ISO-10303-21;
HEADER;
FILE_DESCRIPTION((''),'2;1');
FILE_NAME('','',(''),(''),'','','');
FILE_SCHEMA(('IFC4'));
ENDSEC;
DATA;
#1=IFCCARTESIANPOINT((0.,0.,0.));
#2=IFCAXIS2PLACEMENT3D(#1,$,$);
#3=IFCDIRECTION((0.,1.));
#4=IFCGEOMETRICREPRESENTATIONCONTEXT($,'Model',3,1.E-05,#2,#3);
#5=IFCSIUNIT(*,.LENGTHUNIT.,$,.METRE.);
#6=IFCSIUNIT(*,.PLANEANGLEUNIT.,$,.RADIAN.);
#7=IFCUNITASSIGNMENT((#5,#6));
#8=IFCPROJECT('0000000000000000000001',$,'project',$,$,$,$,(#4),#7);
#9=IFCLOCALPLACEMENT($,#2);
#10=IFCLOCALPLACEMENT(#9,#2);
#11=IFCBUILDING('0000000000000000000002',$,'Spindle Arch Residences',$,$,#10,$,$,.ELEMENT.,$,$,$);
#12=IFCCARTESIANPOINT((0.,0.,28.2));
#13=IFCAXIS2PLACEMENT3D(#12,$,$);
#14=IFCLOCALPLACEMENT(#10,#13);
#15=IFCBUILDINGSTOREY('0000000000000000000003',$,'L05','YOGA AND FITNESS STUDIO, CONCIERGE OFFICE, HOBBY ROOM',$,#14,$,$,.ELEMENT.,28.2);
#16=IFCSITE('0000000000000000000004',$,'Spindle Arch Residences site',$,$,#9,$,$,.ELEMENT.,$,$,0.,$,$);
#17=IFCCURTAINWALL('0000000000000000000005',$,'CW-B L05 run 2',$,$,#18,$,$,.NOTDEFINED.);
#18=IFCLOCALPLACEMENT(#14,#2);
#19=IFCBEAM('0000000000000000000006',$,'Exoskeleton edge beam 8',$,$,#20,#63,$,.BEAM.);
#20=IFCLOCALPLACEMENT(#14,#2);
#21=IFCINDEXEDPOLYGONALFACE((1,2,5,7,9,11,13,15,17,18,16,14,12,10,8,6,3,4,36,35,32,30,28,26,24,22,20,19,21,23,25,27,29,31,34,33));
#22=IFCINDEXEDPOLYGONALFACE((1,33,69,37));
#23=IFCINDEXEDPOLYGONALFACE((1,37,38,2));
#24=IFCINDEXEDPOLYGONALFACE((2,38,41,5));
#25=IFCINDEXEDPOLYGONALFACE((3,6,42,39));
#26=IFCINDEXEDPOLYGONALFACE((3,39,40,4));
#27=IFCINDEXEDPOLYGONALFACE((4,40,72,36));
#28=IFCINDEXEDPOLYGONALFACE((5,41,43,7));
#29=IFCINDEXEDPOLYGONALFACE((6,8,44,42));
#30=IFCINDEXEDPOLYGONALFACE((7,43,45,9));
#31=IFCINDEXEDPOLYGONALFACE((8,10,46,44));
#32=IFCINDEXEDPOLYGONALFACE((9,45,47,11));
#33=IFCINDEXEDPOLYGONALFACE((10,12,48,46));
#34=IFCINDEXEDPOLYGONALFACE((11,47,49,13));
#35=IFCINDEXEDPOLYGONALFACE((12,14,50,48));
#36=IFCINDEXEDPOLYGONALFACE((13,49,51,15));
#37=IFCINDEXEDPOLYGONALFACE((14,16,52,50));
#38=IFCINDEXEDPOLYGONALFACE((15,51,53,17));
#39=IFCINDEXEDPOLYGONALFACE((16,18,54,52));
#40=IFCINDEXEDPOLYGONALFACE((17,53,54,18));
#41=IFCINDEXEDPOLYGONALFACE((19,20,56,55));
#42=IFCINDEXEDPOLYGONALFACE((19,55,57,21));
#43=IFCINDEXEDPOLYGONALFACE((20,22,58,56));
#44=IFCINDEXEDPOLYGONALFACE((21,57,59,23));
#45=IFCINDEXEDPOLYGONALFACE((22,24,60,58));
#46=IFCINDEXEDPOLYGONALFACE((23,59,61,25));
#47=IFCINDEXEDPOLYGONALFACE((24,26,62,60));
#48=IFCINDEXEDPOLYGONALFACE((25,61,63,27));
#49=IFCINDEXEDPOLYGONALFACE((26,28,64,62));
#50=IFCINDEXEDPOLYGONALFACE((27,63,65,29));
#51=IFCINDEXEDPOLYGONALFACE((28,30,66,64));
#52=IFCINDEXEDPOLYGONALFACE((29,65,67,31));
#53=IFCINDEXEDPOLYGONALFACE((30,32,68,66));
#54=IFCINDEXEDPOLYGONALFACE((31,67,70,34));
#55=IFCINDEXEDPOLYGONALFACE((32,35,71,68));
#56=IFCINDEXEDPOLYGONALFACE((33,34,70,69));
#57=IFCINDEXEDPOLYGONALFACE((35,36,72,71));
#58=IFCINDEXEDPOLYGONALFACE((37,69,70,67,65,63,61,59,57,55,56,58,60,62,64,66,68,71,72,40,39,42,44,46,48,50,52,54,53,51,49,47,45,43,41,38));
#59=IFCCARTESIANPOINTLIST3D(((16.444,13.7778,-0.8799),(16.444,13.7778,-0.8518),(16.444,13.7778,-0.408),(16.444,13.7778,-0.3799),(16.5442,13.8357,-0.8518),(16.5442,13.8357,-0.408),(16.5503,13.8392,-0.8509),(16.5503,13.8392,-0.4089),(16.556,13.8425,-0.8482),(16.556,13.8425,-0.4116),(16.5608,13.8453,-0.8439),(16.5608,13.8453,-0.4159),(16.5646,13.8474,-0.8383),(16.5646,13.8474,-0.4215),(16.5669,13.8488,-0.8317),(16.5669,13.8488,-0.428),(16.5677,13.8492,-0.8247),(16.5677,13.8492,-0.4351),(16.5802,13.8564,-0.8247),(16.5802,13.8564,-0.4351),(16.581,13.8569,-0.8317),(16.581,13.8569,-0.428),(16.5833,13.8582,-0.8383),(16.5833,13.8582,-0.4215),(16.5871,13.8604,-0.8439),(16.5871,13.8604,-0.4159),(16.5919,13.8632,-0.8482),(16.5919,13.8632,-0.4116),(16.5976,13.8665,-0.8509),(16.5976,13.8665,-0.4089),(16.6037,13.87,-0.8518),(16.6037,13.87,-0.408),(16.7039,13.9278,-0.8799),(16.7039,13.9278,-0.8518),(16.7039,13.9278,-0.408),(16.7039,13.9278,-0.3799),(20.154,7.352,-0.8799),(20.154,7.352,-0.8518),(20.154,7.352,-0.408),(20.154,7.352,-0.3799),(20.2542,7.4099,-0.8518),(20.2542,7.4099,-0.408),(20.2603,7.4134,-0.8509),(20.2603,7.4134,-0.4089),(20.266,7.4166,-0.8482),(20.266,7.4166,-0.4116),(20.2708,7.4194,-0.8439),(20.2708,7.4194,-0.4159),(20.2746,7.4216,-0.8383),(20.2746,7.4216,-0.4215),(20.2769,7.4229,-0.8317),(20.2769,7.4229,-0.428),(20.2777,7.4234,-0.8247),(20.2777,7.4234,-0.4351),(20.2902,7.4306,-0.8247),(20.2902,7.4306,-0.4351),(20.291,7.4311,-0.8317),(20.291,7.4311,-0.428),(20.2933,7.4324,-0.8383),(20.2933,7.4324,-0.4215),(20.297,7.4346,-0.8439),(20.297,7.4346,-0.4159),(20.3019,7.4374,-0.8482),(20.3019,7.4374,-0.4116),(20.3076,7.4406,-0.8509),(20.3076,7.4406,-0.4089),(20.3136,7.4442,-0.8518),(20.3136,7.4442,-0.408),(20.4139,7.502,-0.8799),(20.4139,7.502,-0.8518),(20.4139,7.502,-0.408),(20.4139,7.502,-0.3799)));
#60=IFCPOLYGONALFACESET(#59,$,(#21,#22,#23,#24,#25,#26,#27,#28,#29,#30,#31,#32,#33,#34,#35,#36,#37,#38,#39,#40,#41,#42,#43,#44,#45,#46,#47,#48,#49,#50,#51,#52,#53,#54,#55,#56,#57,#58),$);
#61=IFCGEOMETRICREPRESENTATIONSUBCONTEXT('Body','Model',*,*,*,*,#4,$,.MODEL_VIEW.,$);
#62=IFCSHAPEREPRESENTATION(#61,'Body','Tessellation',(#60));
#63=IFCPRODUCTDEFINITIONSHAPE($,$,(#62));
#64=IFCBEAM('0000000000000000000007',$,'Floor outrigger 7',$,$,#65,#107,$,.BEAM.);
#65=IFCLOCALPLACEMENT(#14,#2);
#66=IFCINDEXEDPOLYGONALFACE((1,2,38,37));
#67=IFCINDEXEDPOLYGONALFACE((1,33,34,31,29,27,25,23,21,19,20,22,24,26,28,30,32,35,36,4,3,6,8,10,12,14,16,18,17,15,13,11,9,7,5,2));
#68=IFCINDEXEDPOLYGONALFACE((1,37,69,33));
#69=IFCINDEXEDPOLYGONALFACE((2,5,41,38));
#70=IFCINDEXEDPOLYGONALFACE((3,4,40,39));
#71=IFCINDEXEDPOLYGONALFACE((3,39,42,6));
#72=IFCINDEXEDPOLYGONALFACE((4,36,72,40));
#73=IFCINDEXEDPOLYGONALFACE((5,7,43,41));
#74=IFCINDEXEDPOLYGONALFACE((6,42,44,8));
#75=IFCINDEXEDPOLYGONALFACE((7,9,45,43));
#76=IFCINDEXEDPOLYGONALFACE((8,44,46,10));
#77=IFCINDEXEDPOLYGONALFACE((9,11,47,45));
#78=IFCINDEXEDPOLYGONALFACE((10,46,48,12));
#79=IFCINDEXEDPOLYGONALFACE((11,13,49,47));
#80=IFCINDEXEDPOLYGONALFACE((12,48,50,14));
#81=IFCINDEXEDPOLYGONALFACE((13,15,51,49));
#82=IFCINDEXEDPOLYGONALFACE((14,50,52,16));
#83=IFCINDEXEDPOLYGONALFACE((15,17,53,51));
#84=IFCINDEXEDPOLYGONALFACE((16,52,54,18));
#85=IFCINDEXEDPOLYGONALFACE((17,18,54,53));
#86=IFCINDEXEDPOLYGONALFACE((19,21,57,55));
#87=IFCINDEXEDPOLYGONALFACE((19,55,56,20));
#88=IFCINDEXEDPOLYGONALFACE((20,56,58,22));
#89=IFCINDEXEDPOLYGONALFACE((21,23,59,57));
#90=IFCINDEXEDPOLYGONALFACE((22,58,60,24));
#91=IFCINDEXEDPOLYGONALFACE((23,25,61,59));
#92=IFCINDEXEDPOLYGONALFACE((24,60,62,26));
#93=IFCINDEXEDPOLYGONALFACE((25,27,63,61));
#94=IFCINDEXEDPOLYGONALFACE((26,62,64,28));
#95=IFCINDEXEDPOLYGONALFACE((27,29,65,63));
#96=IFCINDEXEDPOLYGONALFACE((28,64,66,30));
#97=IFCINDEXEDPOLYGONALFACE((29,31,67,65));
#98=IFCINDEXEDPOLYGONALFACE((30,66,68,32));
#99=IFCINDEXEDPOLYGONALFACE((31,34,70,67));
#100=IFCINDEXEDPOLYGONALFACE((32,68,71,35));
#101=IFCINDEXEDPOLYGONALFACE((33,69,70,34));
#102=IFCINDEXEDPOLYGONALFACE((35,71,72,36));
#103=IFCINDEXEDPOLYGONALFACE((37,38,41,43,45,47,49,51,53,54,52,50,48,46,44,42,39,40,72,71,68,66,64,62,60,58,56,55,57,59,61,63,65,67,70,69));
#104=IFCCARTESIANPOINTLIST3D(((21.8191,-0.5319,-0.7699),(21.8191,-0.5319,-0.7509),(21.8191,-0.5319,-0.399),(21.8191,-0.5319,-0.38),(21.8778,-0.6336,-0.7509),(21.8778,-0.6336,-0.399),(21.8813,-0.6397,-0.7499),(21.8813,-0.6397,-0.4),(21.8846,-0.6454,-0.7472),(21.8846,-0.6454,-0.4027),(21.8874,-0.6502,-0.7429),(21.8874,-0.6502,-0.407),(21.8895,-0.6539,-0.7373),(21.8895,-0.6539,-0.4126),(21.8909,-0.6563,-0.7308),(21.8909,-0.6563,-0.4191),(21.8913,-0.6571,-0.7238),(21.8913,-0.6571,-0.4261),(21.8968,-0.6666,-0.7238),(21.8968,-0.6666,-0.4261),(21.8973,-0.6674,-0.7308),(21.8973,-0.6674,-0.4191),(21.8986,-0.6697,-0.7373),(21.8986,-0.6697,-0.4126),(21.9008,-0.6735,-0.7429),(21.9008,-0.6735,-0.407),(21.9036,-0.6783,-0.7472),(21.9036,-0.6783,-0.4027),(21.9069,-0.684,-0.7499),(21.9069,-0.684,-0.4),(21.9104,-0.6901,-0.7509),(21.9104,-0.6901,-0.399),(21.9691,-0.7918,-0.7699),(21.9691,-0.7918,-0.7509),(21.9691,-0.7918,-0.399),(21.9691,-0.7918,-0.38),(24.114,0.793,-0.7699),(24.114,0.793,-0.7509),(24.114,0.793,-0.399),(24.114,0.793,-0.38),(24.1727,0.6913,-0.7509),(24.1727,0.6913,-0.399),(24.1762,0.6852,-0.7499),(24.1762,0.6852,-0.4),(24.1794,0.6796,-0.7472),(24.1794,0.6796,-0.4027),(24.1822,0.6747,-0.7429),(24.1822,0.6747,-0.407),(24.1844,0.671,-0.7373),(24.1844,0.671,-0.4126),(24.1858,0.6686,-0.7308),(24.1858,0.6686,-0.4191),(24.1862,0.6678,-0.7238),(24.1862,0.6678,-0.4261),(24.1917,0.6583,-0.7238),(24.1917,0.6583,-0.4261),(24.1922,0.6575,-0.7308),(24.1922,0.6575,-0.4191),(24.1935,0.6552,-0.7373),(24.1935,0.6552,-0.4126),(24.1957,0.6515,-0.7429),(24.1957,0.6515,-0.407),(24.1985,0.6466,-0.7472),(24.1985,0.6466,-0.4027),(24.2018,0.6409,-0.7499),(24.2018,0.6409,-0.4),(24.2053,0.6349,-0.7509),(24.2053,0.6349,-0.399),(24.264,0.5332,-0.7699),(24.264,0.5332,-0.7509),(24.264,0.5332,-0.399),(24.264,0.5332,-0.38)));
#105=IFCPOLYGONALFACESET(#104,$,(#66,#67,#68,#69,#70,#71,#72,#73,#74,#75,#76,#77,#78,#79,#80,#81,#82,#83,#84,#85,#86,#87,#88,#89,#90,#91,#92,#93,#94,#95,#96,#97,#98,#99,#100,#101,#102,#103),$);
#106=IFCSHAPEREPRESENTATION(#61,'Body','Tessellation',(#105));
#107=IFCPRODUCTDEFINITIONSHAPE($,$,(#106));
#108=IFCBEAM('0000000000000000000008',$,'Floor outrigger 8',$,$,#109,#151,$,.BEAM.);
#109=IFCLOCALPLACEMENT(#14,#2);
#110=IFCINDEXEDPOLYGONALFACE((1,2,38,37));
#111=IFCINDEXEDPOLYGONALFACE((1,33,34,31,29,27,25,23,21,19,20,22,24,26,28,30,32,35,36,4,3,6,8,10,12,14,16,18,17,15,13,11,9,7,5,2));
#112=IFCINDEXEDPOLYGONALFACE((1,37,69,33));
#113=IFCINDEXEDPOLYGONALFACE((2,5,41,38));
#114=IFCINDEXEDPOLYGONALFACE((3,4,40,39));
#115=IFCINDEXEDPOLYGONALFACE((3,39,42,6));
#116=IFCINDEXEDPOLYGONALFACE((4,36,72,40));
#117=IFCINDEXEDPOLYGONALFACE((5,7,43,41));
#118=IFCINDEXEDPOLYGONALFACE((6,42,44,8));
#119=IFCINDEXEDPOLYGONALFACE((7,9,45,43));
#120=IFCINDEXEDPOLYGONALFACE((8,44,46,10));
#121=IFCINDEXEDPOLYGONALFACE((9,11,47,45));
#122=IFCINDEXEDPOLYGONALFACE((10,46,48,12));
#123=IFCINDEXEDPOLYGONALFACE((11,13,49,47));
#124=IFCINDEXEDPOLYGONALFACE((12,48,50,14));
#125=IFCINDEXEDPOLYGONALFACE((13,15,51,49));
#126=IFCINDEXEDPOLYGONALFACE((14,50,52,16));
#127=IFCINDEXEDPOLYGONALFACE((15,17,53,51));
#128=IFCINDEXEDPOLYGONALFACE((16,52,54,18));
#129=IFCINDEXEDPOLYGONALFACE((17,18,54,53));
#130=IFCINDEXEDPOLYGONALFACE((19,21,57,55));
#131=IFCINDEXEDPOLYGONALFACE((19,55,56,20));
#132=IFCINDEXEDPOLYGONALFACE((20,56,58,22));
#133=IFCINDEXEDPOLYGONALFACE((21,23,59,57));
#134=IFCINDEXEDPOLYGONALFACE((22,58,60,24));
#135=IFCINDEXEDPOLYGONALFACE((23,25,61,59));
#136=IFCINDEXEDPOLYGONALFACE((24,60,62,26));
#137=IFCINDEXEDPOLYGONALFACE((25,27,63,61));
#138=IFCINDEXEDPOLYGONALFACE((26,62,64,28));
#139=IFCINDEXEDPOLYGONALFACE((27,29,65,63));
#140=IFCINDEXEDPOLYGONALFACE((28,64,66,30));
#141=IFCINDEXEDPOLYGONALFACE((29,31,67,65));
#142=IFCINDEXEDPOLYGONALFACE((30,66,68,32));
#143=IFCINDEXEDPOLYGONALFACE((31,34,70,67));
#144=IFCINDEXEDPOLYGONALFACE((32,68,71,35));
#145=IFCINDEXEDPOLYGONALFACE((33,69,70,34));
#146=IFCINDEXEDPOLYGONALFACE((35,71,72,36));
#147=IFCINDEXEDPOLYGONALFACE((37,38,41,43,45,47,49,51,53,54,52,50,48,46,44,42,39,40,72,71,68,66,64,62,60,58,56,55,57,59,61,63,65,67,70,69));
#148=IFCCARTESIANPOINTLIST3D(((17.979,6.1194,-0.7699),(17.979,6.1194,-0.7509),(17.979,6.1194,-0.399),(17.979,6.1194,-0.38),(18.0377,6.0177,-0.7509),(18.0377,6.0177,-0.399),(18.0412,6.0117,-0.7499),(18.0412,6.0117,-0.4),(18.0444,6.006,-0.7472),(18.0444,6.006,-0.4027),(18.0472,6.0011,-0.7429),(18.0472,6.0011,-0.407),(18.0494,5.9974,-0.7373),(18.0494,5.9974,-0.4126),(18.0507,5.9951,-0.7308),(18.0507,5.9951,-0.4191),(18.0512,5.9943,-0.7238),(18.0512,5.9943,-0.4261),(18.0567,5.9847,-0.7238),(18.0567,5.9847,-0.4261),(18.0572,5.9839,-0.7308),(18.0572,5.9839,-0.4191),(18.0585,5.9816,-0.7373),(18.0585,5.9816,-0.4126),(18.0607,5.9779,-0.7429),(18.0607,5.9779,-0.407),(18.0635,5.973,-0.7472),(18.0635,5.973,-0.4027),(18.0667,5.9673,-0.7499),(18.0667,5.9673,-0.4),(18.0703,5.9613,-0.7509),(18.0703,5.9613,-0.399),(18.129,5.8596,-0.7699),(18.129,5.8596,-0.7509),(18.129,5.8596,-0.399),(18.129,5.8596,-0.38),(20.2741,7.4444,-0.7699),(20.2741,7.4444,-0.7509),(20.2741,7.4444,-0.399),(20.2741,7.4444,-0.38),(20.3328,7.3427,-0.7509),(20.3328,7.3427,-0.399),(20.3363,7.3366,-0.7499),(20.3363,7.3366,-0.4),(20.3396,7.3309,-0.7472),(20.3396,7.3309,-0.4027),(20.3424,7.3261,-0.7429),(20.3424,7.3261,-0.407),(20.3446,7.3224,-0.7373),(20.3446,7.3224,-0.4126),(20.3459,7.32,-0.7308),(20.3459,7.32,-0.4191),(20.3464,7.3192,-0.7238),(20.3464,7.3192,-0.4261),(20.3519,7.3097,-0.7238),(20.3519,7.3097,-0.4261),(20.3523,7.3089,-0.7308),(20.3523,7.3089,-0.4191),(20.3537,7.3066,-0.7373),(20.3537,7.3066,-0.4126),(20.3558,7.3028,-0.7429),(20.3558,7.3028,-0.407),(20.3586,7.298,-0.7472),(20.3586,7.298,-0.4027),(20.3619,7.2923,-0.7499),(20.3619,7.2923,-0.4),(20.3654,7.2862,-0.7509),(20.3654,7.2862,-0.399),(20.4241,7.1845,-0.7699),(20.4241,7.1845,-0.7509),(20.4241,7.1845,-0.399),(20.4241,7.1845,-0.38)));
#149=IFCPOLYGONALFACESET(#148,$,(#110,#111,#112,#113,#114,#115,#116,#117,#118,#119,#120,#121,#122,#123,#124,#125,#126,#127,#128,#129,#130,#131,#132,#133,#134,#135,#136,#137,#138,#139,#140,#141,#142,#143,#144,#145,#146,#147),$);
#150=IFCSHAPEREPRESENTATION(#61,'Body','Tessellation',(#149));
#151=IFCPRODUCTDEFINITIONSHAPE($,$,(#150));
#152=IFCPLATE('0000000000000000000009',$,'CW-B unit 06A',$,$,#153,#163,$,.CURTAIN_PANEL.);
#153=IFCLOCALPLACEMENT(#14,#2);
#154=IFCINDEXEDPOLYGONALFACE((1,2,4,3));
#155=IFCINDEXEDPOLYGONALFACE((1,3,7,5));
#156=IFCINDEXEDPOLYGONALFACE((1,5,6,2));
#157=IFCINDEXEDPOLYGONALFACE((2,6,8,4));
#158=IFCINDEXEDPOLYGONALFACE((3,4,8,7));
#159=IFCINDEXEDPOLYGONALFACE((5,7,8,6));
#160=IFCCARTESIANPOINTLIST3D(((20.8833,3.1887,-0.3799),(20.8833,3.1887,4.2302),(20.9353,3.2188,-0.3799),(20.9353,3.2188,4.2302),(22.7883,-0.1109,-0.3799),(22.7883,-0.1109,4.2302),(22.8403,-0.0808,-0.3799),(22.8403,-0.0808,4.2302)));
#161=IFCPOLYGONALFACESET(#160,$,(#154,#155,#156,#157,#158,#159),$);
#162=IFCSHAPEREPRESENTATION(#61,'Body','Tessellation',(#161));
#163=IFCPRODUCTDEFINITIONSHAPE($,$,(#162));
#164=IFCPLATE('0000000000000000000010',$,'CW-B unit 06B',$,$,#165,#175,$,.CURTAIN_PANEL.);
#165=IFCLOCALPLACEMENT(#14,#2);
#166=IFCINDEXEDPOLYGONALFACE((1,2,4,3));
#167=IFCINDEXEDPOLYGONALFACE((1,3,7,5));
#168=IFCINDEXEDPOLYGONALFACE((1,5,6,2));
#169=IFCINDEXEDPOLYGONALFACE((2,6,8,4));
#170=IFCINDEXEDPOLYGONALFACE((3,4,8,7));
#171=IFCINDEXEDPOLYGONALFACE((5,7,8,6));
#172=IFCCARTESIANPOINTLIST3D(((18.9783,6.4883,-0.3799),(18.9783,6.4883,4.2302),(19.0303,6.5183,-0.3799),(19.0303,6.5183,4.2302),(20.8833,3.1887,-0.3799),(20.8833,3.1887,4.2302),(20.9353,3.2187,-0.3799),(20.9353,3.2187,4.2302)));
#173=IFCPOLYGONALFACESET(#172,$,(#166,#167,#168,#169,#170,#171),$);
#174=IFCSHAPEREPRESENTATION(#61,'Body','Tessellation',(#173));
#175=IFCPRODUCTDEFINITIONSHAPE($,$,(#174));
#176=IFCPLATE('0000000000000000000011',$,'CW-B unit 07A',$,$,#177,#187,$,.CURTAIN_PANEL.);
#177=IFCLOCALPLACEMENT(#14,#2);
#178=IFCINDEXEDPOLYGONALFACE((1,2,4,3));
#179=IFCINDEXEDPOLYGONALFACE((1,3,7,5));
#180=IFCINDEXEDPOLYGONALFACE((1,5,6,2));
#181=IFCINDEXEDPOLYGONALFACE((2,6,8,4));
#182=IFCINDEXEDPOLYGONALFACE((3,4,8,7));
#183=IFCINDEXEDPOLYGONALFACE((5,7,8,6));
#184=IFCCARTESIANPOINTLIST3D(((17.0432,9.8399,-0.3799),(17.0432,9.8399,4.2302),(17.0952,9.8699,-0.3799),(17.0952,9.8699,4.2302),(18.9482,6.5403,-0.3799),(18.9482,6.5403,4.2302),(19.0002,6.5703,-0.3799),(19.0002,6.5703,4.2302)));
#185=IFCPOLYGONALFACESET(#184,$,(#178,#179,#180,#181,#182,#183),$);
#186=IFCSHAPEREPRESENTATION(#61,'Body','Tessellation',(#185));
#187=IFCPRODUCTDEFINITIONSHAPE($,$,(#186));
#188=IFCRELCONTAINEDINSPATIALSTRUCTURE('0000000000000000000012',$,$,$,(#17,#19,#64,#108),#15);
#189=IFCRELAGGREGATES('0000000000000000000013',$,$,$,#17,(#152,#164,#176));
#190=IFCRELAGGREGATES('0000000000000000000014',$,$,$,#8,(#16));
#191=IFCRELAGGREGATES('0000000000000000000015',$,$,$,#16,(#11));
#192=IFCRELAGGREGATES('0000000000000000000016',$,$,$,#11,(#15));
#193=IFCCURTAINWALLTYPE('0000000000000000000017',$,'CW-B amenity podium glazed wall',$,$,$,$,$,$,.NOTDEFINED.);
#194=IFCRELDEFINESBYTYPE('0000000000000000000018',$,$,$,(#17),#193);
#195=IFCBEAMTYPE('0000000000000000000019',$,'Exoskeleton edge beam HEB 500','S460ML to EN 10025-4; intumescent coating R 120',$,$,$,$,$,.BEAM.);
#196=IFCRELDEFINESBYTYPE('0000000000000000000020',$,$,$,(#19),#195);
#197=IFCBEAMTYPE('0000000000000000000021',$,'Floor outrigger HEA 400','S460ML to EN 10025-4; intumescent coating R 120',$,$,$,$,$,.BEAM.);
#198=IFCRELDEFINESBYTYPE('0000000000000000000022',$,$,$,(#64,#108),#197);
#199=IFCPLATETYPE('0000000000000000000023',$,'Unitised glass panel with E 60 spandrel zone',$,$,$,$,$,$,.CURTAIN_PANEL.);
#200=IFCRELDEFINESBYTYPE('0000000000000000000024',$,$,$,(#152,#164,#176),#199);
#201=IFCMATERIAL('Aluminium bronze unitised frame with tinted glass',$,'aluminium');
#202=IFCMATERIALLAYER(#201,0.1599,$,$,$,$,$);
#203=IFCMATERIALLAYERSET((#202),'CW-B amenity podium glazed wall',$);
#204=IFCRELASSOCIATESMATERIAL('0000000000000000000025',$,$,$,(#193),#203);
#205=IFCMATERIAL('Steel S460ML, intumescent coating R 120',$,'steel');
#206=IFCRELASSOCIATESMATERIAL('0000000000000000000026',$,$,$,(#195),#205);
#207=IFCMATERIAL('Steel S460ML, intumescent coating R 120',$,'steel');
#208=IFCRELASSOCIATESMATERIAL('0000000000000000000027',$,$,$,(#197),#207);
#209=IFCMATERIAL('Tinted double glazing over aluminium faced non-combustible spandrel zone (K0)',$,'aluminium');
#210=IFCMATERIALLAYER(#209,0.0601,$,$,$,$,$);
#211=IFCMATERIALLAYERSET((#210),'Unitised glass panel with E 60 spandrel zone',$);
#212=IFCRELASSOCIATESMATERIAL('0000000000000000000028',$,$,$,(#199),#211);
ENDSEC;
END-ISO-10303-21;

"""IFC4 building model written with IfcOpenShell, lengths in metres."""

from ifc_helpers import new_model, si_unit, direction, frame, origin, origin_2d, place, context, subcontext, project, spatial, rectangle, i_section, extrude, material, layer, layer_set, material_profile, profile_set, type_object, element, aggregate, save


model = new_model("IFC4")

# Units and contexts
model_context = context("Model", 3, precision=1e-05, world=origin(), true_north=direction((0.0, 1.0)))
body_context = subcontext(model_context, "Body", "Model", "MODEL_VIEW")
ifc_project = project(units=[si_unit("LENGTHUNIT", "METRE"), si_unit("PLANEANGLEUNIT", "RADIAN")], contexts=[model_context])

# Site, building, storey
site_placement = place(None, origin())
site = spatial("IfcSite", under=ifc_project, at=site_placement, Name="Spindle Arch Residences site", CompositionType="ELEMENT", RefElevation=0.0)
building_placement = place(site_placement, origin())
building = spatial("IfcBuilding", under=site, at=building_placement, Name="Spindle Arch Residences", CompositionType="ELEMENT")
storey_placement = place(building_placement, frame((0.0, 0.0, 28.2)))
storey = spatial("IfcBuildingStorey", under=building, at=storey_placement, Name="L05", Description="YOGA AND FITNESS STUDIO, CONCIERGE OFFICE, HOBBY ROOM", CompositionType="ELEMENT", Elevation=28.2)

# Curtain wall
ifc_material_1 = material(Name="Aluminium bronze unitised frame with tinted glass", Category="aluminium")
ifc_layer_1 = layer(ifc_material_1, 0.1599)
ifc_layer_set_1 = layer_set([ifc_layer_1], Name="CW-B amenity podium glazed wall")
curtain_wall_type = type_object("IfcCurtainWallType", Name="CW-B amenity podium glazed wall", PredefinedType="NOTDEFINED", material=ifc_layer_set_1)
curtain_wall_placement = place(storey_placement, origin())
curtain_wall = element("IfcCurtainWall", 1, at=curtain_wall_placement, inside=storey, type_object=curtain_wall_type, Name="CW-B L05 run 2", PredefinedType="NOTDEFINED")

# Beams
ifc_material_2 = material(Name="Steel S460ML, intumescent coating R 120", Category="steel")
ifc_material_profile_1 = material_profile(ifc_material_2, i_section(OverallWidth=0.3, OverallDepth=0.5, WebThickness=0.0144, FlangeThickness=0.0281, FilletRadius=0.0271, at=origin_2d()), Name="HEB 500")
ifc_profile_set_1 = profile_set([ifc_material_profile_1], Name="Steel S460ML, intumescent coating R 120")
beam_type_1 = type_object("IfcBeamType", Name="Exoskeleton edge beam HEB 500", Description="S460ML to EN 10025-4; intumescent coating R 120", PredefinedType="BEAM", material=ifc_profile_set_1)
beam_1_placement = place(storey_placement, frame((20.2839, 7.427, -0.6299), z_axis=(-0.500003, 0.866023, 0.0), x_axis=(-0.866023, -0.500003, 0.0)))
element("IfcBeam", 2, at=beam_1_placement, inside=storey, type_object=beam_type_1, Name="Exoskeleton edge beam 8", PredefinedType="BEAM", context=body_context, shape_type="SweptSolid", body=[
    extrude(i_section(OverallWidth=0.3, OverallDepth=0.5, WebThickness=0.0144, FlangeThickness=0.0281, FilletRadius=0.0271, at=origin_2d()), origin(), (0.0, 0.0, 1.0), 7.4199),
])
ifc_material_3 = material(Name="Steel S460ML, intumescent coating R 120", Category="steel")
ifc_material_profile_2 = material_profile(ifc_material_3, i_section(OverallWidth=0.3, OverallDepth=0.3899, WebThickness=0.011, FlangeThickness=0.019, FilletRadius=0.0271, at=origin_2d()), Name="HEA 400")
ifc_profile_set_2 = profile_set([ifc_material_profile_2], Name="Steel S460ML, intumescent coating R 120")
beam_type_2 = type_object("IfcBeamType", Name="Floor outrigger HEA 400", Description="S460ML to EN 10025-4; intumescent coating R 120", PredefinedType="BEAM", material=ifc_profile_set_2)
beam_2_placement = place(storey_placement, frame((24.189, 0.6631, -0.575), z_axis=(-0.866029, -0.499994, 0.0), x_axis=(0.499994, -0.866029, 0.0)))
element("IfcBeam", 3, at=beam_2_placement, inside=storey, type_object=beam_type_2, Name="Floor outrigger 7", PredefinedType="BEAM", context=body_context, shape_type="SweptSolid", body=[
    extrude(i_section(OverallWidth=0.3, OverallDepth=0.3899, WebThickness=0.011, FlangeThickness=0.019, FilletRadius=0.0271, at=origin_2d()), origin(), (0.0, 0.0, 1.0), 2.6499),
])
beam_3_placement = place(storey_placement, frame((20.3491, 7.3145, -0.575), z_axis=(-0.866052, -0.499954, 0.0), x_axis=(0.499954, -0.866052, 0.0)))
element("IfcBeam", 4, at=beam_3_placement, inside=storey, type_object=beam_type_2, Name="Floor outrigger 8", PredefinedType="BEAM", context=body_context, shape_type="SweptSolid", body=[
    extrude(i_section(OverallWidth=0.3, OverallDepth=0.3899, WebThickness=0.011, FlangeThickness=0.019, FilletRadius=0.0271, at=origin_2d()), origin(), (0.0, 0.0, 1.0), 2.6501),
])

# Plates
ifc_material_4 = material(Name="Tinted double glazing over aluminium faced non-combustible spandrel zone (K0)", Category="aluminium")
ifc_layer_2 = layer(ifc_material_4, 0.0601)
ifc_layer_set_2 = layer_set([ifc_layer_2], Name="Unitised glass panel with E 60 spandrel zone")
plate_type = type_object("IfcPlateType", Name="Unitised glass panel with E 60 spandrel zone", PredefinedType="CURTAIN_PANEL", material=ifc_layer_set_2)
plate_1_placement = place(storey_placement, frame((21.8618, 1.554, -0.3799), z_axis=(0.0, 0.0, 1.0), x_axis=(-0.5, 0.866025, 0.0)))
plate_1 = element("IfcPlate", 5, at=plate_1_placement, type_object=plate_type, Name="CW-B unit 06A", PredefinedType="CURTAIN_PANEL", context=body_context, shape_type="SweptSolid", body=[
    extrude(rectangle(XDim=3.8101, YDim=0.0601, at=origin_2d()), origin(), (0.0, 0.0, 1.0), 4.6101),
])
plate_2_placement = place(storey_placement, frame((19.9568, 4.8535, -0.3799), z_axis=(0.0, 0.0, 1.0), x_axis=(-0.5, 0.866025, 0.0)))
plate_2 = element("IfcPlate", 6, at=plate_2_placement, type_object=plate_type, Name="CW-B unit 06B", PredefinedType="CURTAIN_PANEL", context=body_context, shape_type="SweptSolid", body=[
    extrude(rectangle(XDim=3.8101, YDim=0.0601, at=origin_2d()), origin(), (0.0, 0.0, 1.0), 4.6101),
])
plate_3_placement = place(storey_placement, frame((18.0217, 8.2051, -0.3799), z_axis=(0.0, 0.0, 1.0), x_axis=(-0.5, 0.866025, 0.0)))
plate_3 = element("IfcPlate", 7, at=plate_3_placement, type_object=plate_type, Name="CW-B unit 07A", PredefinedType="CURTAIN_PANEL", context=body_context, shape_type="SweptSolid", body=[
    extrude(rectangle(XDim=3.8101, YDim=0.0601, at=origin_2d()), origin(), (0.0, 0.0, 1.0), 4.6101),
])
aggregate(curtain_wall, [plate_1, plate_2, plate_3])

save(model, "model.ifc")
